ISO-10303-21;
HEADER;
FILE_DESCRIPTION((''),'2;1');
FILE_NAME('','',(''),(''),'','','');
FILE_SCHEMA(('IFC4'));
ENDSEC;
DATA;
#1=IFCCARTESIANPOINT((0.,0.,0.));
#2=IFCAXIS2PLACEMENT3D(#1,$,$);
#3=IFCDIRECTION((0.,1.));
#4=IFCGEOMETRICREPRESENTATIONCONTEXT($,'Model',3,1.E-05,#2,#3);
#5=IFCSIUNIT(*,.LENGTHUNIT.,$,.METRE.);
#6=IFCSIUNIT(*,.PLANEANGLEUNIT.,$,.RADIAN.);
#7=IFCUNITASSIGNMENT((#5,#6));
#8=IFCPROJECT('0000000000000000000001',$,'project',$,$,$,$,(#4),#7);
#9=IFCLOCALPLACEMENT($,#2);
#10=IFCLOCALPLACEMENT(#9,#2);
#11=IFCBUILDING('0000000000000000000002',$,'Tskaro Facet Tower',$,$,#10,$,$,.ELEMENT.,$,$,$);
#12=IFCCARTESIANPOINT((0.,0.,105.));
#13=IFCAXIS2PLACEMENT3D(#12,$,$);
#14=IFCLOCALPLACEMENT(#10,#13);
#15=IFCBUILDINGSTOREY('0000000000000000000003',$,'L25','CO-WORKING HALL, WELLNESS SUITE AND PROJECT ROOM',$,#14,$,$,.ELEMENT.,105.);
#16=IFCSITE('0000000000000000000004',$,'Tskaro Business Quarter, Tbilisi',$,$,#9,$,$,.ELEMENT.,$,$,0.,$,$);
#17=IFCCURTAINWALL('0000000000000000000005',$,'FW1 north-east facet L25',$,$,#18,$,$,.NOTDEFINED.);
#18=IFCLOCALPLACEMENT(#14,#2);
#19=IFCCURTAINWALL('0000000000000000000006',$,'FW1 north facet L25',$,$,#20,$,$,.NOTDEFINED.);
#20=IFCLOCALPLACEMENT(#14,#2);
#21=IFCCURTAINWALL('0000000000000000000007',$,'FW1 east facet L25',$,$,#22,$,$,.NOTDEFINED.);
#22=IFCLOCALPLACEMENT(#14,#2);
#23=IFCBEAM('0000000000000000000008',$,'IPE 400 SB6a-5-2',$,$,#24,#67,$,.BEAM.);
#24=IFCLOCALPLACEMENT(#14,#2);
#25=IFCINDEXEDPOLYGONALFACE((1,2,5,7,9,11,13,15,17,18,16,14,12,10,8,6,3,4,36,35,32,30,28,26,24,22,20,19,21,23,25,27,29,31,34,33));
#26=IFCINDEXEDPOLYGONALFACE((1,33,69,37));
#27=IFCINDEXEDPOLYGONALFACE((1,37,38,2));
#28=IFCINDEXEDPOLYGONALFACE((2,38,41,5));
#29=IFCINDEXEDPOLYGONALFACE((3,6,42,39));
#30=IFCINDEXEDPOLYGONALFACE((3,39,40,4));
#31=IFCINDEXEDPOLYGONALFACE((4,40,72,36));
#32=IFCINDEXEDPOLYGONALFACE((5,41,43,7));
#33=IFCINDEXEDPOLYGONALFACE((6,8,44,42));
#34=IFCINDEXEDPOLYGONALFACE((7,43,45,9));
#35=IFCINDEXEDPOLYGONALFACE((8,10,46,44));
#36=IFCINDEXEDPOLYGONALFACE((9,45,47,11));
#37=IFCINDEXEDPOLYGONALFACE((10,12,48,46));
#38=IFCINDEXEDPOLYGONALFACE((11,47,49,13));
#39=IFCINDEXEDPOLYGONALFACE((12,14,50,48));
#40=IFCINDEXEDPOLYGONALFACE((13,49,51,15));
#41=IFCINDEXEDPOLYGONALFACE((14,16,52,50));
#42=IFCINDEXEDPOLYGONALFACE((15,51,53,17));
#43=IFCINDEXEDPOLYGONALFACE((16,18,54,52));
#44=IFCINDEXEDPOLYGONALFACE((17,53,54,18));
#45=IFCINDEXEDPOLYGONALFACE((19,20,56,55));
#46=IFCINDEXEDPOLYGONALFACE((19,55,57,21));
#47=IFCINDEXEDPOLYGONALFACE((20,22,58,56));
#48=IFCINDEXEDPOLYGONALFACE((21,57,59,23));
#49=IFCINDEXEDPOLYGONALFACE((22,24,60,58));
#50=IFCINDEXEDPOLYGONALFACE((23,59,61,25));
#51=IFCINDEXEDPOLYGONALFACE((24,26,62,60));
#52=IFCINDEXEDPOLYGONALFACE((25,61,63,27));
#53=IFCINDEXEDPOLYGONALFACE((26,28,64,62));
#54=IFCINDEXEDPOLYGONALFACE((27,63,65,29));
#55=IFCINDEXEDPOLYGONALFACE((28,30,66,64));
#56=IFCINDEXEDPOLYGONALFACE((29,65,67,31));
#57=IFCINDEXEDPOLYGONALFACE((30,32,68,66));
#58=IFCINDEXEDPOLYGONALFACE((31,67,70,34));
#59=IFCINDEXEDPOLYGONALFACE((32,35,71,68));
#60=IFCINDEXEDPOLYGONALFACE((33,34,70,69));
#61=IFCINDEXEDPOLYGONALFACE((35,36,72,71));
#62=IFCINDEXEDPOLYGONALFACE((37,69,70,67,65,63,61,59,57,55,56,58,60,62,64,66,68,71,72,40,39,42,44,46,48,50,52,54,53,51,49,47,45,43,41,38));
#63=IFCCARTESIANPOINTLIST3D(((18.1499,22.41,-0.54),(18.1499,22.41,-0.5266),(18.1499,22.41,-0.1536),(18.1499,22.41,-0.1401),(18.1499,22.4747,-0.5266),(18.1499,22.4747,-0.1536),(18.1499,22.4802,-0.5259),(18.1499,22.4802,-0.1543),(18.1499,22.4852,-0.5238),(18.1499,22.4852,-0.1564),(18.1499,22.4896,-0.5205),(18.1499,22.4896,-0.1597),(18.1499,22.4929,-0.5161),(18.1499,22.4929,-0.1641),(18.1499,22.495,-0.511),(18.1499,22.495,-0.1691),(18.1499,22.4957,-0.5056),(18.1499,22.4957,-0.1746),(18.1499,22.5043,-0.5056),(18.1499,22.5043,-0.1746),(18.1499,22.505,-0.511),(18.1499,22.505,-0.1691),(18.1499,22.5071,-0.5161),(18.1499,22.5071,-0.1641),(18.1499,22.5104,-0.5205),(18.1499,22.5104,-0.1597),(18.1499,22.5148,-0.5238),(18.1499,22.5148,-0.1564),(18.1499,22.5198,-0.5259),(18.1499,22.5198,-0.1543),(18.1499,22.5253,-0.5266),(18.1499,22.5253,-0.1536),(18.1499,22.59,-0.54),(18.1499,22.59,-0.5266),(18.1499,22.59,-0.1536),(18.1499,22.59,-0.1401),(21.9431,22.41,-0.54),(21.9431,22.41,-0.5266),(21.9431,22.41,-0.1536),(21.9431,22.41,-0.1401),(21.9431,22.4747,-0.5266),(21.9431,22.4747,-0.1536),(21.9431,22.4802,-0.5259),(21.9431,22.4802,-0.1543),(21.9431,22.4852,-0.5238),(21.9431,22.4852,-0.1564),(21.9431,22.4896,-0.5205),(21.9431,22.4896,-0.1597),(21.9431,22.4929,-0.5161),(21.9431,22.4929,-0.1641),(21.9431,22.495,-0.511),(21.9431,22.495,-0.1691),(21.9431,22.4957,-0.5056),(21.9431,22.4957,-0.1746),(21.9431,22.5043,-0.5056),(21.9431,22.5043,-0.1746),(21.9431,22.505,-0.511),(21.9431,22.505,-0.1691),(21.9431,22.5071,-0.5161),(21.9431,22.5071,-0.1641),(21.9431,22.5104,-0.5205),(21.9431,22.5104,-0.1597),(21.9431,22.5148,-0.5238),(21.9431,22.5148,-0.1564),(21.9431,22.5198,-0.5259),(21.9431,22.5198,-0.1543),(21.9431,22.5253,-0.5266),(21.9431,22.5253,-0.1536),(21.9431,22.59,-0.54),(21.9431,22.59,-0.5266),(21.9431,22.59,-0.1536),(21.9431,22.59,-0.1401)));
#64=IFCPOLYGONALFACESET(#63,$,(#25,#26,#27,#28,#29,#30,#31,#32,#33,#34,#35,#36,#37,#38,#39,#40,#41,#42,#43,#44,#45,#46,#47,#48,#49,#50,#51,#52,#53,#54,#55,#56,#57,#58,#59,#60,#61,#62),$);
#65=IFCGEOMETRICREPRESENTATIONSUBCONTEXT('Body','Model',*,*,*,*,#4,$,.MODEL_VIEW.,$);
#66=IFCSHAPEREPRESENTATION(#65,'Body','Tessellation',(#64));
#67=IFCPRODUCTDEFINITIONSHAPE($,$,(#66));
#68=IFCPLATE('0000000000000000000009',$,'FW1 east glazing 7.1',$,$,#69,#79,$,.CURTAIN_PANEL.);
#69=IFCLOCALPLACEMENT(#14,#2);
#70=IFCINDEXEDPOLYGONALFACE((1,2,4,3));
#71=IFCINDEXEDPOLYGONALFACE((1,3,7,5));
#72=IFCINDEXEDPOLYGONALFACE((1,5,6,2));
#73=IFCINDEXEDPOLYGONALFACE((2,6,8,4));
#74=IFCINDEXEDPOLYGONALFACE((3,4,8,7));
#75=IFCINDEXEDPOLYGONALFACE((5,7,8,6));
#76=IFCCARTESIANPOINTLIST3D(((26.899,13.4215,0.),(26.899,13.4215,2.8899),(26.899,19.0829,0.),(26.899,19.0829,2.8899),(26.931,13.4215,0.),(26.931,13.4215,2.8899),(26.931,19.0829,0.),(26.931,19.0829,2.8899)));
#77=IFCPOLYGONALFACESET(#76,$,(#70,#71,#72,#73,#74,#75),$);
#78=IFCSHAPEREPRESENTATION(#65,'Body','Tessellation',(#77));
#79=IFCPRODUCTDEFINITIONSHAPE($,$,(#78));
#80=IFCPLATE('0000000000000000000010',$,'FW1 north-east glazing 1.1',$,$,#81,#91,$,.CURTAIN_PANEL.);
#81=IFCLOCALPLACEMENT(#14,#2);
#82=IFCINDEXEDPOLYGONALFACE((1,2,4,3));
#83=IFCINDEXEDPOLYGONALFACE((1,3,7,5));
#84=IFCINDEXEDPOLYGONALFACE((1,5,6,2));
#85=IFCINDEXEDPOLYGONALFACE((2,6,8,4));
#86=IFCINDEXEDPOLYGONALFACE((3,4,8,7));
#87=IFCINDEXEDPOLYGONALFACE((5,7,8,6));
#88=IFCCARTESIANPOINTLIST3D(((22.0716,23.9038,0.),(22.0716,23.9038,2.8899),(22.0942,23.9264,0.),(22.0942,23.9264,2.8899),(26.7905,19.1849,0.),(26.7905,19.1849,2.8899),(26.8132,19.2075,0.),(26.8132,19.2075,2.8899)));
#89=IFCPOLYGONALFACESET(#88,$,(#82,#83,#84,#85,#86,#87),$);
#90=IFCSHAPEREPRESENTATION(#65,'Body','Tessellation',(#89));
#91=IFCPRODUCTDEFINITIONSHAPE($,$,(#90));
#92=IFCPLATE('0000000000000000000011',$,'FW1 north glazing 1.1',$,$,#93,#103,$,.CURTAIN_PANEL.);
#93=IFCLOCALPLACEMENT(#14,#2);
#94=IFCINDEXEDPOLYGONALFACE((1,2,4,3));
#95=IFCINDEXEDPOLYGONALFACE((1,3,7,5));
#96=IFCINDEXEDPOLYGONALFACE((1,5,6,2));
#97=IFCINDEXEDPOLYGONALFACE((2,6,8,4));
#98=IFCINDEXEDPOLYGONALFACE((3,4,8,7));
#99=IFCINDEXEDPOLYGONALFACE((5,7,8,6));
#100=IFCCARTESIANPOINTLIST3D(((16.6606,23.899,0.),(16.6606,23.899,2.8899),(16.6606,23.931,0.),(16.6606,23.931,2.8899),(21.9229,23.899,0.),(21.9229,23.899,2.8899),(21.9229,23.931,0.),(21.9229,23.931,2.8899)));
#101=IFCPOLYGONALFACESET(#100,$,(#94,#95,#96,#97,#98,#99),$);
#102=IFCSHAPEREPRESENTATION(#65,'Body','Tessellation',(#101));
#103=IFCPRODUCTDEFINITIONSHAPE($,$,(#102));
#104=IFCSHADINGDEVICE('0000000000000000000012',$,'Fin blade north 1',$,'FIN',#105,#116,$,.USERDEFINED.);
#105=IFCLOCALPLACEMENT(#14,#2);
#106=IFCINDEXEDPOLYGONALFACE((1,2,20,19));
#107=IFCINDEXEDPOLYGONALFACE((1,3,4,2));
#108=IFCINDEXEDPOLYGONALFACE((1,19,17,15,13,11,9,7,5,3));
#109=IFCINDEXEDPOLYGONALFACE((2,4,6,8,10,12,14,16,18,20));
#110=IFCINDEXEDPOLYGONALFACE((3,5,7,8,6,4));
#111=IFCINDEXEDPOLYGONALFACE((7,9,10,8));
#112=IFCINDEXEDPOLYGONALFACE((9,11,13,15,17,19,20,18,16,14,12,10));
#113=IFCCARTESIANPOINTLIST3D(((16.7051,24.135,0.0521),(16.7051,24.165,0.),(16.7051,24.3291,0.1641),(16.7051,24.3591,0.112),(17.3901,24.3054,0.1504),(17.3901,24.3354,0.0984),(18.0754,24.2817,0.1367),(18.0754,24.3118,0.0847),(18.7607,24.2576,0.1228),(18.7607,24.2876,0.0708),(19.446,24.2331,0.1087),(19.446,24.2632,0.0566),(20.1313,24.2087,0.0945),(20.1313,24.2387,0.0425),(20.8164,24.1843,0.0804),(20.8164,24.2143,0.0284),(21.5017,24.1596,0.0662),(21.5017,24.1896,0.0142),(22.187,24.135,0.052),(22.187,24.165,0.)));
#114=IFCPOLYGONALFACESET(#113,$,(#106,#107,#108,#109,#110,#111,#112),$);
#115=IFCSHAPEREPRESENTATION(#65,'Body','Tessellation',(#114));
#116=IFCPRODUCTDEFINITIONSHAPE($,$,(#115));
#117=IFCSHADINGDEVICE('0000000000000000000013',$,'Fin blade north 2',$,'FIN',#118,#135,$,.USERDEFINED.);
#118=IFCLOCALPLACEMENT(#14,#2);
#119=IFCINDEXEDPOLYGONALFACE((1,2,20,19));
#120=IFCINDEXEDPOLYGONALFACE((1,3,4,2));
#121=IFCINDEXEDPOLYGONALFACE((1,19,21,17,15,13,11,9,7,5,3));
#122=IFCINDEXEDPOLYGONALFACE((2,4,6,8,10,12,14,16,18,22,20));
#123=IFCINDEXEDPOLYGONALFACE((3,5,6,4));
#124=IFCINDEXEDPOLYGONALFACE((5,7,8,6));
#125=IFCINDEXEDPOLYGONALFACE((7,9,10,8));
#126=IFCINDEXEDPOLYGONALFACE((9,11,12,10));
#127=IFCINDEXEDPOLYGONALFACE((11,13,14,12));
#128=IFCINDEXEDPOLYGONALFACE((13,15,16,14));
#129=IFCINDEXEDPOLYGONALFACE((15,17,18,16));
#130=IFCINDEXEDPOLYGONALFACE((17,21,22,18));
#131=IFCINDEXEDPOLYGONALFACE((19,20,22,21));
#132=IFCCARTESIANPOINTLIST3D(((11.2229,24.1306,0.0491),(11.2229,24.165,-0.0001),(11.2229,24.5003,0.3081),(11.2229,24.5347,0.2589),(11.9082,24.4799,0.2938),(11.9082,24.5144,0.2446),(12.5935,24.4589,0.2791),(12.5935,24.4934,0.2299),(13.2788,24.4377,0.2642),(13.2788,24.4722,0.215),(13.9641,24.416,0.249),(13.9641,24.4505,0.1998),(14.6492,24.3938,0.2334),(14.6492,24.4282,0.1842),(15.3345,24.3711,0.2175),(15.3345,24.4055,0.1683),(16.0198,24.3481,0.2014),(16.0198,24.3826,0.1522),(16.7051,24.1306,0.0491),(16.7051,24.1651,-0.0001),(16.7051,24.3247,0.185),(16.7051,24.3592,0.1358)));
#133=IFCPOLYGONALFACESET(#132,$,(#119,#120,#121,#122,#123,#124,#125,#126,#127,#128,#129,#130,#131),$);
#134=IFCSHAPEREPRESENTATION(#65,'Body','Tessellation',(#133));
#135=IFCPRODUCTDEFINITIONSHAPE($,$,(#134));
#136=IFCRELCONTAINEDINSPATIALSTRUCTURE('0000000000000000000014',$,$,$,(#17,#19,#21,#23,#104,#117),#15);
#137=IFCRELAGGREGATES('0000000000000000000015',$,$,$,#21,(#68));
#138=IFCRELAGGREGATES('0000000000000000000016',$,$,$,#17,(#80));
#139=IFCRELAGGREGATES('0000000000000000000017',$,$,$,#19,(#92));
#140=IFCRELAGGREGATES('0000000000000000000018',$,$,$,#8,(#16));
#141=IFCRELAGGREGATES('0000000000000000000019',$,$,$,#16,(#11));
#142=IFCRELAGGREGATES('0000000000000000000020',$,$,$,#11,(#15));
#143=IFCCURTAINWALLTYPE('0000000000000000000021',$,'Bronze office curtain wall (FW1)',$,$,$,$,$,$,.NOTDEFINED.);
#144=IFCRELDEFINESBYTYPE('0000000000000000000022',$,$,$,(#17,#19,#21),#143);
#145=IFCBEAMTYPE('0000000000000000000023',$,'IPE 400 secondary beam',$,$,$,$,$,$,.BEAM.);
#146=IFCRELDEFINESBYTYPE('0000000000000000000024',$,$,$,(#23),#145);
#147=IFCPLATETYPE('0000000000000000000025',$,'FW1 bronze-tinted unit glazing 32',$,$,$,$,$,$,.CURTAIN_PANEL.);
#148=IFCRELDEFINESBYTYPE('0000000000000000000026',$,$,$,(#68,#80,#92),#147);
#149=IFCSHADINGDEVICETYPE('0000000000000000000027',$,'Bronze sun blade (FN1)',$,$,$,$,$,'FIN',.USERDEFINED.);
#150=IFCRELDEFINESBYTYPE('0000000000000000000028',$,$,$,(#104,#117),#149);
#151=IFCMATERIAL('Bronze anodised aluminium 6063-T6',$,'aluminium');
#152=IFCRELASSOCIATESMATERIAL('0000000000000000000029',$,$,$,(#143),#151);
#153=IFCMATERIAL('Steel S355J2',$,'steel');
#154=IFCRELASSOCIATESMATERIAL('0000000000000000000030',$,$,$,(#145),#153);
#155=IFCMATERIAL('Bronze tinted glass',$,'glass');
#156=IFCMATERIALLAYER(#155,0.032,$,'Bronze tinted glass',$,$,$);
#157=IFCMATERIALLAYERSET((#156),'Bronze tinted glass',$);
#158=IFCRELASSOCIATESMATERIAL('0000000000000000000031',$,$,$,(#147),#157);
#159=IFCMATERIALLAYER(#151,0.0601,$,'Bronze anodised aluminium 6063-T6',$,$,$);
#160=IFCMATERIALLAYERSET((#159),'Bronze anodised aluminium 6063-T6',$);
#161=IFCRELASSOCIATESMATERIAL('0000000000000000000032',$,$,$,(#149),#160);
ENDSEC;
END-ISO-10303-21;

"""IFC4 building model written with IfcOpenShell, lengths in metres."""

from ifc_helpers import new_model, si_unit, direction, frame, origin, origin_2d, place, context, subcontext, project, spatial, polyline, rectangle, i_section, outline, extrude, material, layer, layer_set, material_profile, profile_set, type_object, element, aggregate, save


model = new_model("IFC4")

# Units and contexts
model_context = context("Model", 3, precision=1e-05, world=origin(), true_north=direction((0.0, 1.0)))
body_context = subcontext(model_context, "Body", "Model", "MODEL_VIEW")
ifc_project = project(units=[si_unit("LENGTHUNIT", "METRE"), si_unit("PLANEANGLEUNIT", "RADIAN")], contexts=[model_context])

# Site, building, storey
site_placement = place(None, origin())
site = spatial("IfcSite", under=ifc_project, at=site_placement, Name="Tskaro Business Quarter, Tbilisi", CompositionType="ELEMENT", RefElevation=0.0)
building_placement = place(site_placement, origin())
building = spatial("IfcBuilding", under=site, at=building_placement, Name="Tskaro Facet Tower", CompositionType="ELEMENT")
storey_placement = place(building_placement, frame((0.0, 0.0, 105.0)))
storey = spatial("IfcBuildingStorey", under=building, at=storey_placement, Name="L25", Description="CO-WORKING HALL, WELLNESS SUITE AND PROJECT ROOM", CompositionType="ELEMENT", Elevation=105.0)

# Curtain wall
ifc_material_1 = material(Name="Bronze anodised aluminium 6063-T6", Category="aluminium")
curtain_wall_type = type_object("IfcCurtainWallType", Name="Bronze office curtain wall (FW1)", PredefinedType="NOTDEFINED", material=ifc_material_1)
curtain_wall_1_placement = place(storey_placement, origin())
curtain_wall_1 = element("IfcCurtainWall", 1, at=curtain_wall_1_placement, inside=storey, type_object=curtain_wall_type, Name="FW1 north-east facet L25", PredefinedType="NOTDEFINED")

# Curtain wall
curtain_wall_2_placement = place(storey_placement, origin())
curtain_wall_2 = element("IfcCurtainWall", 2, at=curtain_wall_2_placement, inside=storey, type_object=curtain_wall_type, Name="FW1 north facet L25", PredefinedType="NOTDEFINED")

# Curtain wall
curtain_wall_3_placement = place(storey_placement, origin())
curtain_wall_3 = element("IfcCurtainWall", 3, at=curtain_wall_3_placement, inside=storey, type_object=curtain_wall_type, Name="FW1 east facet L25", PredefinedType="NOTDEFINED")

# Beam
ifc_material_2 = material(Name="Steel S355J2", Category="steel")
ifc_material_profile_1 = material_profile(ifc_material_2, i_section(OverallWidth=0.1799, OverallDepth=0.3999, WebThickness=0.0085, FlangeThickness=0.0134, FilletRadius=0.021, at=origin_2d()), Name="IPE 400")
ifc_profile_set_1 = profile_set([ifc_material_profile_1], Name="Steel S355J2")
beam_type_1 = type_object("IfcBeamType", Name="IPE 400 secondary beam", PredefinedType="BEAM", material=ifc_profile_set_1)
beam_1_placement = place(storey_placement, frame((18.1499, 22.5, -0.3401), z_axis=(1.0, 0.0, 0.0), x_axis=(0.0, 1.0, 0.0)))
element("IfcBeam", 4, at=beam_1_placement, inside=storey, type_object=beam_type_1, Name="IPE 400 SB6a-5-2", PredefinedType="BEAM", context=body_context, shape_type="SweptSolid", body=[
    extrude(i_section(OverallWidth=0.1799, OverallDepth=0.3999, WebThickness=0.0085, FlangeThickness=0.0134, FilletRadius=0.021, at=origin_2d()), origin(), (0.0, 0.0, 1.0), 3.7932),
])

# Plates
ifc_material_3 = material(Name="Bronze tinted glass", Category="glass")
ifc_layer_1 = layer(ifc_material_3, 0.032, Name="Bronze tinted glass")
ifc_layer_set_1 = layer_set([ifc_layer_1], Name="Bronze tinted glass")
plate_type = type_object("IfcPlateType", Name="FW1 bronze-tinted unit glazing 32", PredefinedType="CURTAIN_PANEL", material=ifc_layer_set_1)
plate_1_placement = place(storey_placement, frame((26.915, 16.2522, 0.0), z_axis=(0.0, 0.0, 1.0), x_axis=(0.0, 1.0, 0.0)))
plate_1 = element("IfcPlate", 5, at=plate_1_placement, type_object=plate_type, Name="FW1 east glazing 7.1", PredefinedType="CURTAIN_PANEL", context=body_context, shape_type="SweptSolid", body=[
    extrude(rectangle(XDim=5.6614, YDim=0.032, at=origin_2d()), origin(), (0.0, 0.0, 1.0), 2.8899),
])
aggregate(curtain_wall_3, [plate_1])
plate_2_placement = place(storey_placement, frame((24.4424, 21.5557, 0.0), z_axis=(0.0, 0.0, 1.0), x_axis=(-0.707107, 0.707107, 0.0)))
plate_2 = element("IfcPlate", 6, at=plate_2_placement, type_object=plate_type, Name="FW1 north-east glazing 1.1", PredefinedType="CURTAIN_PANEL", context=body_context, shape_type="SweptSolid", body=[
    extrude(rectangle(XDim=6.6736, YDim=0.032, at=origin_2d()), origin(), (0.0, 0.0, 1.0), 2.8899),
])
aggregate(curtain_wall_1, [plate_2])
plate_3_placement = place(storey_placement, frame((19.2917, 23.915, 0.0), z_axis=(0.0, 0.0, 1.0), x_axis=(-1.0, 0.0, 0.0)))
plate_3 = element("IfcPlate", 7, at=plate_3_placement, type_object=plate_type, Name="FW1 north glazing 1.1", PredefinedType="CURTAIN_PANEL", context=body_context, shape_type="SweptSolid", body=[
    extrude(rectangle(XDim=5.2622, YDim=0.032, at=origin_2d()), origin(), (0.0, 0.0, 1.0), 2.8899),
])
aggregate(curtain_wall_2, [plate_3])

# Shading devices
ifc_layer_2 = layer(ifc_material_1, 0.0601, Name="Bronze anodised aluminium 6063-T6")
ifc_layer_set_2 = layer_set([ifc_layer_2], Name="Bronze anodised aluminium 6063-T6")
shading_device_type = type_object("IfcShadingDeviceType", Name="Bronze sun blade (FN1)", ElementType="FIN", PredefinedType="USERDEFINED", material=ifc_layer_set_2)
shading_device_1_placement = place(storey_placement, frame((22.187, 24.135, 0.052), z_axis=(0.000012, -0.499758, 0.866165), x_axis=(-1.0, -0.000006, 0.00001)))
element("IfcShadingDevice", 8, at=shading_device_1_placement, inside=storey, type_object=shading_device_type, Name="Fin blade north 1", ObjectType="FIN", PredefinedType="USERDEFINED", context=body_context, shape_type="SweptSolid", body=[
    extrude(outline(polyline([(0.0, 0.0), (5.4819, 0.0), (5.4819, -0.2241), (4.7969, -0.1968), (4.1116, -0.1694), (3.4263, -0.1415), (2.741, -0.1133), (2.0557, -0.0851), (1.3706, -0.0569), (0.6853, -0.0284), (0.0, 0.0)])), origin(), (0.0, 0.0, -1.0), 0.0601),
])
shading_device_2_placement = place(storey_placement, frame((16.7051, 24.1306, 0.0491), z_axis=(0.000011, -0.573696, 0.819069), x_axis=(-1.0, -0.000006, 0.000009)))
element("IfcShadingDevice", 9, at=shading_device_2_placement, inside=storey, type_object=shading_device_type, Name="Fin blade north 2", ObjectType="FIN", PredefinedType="USERDEFINED", context=body_context, shape_type="SweptSolid", body=[
    extrude(outline(polyline([(0.0, 0.0), (5.4822, 0.0), (5.4822, -0.4514), (4.7969, -0.4265), (4.1116, -0.4009), (3.4263, -0.375), (2.741, -0.3485), (2.0559, -0.3213), (1.3706, -0.2936), (0.6853, -0.2656), (0.0, -0.237), (0.0, 0.0)])), origin(), (0.0, 0.0, -1.0), 0.0601),
])

save(model, "model.ifc")
